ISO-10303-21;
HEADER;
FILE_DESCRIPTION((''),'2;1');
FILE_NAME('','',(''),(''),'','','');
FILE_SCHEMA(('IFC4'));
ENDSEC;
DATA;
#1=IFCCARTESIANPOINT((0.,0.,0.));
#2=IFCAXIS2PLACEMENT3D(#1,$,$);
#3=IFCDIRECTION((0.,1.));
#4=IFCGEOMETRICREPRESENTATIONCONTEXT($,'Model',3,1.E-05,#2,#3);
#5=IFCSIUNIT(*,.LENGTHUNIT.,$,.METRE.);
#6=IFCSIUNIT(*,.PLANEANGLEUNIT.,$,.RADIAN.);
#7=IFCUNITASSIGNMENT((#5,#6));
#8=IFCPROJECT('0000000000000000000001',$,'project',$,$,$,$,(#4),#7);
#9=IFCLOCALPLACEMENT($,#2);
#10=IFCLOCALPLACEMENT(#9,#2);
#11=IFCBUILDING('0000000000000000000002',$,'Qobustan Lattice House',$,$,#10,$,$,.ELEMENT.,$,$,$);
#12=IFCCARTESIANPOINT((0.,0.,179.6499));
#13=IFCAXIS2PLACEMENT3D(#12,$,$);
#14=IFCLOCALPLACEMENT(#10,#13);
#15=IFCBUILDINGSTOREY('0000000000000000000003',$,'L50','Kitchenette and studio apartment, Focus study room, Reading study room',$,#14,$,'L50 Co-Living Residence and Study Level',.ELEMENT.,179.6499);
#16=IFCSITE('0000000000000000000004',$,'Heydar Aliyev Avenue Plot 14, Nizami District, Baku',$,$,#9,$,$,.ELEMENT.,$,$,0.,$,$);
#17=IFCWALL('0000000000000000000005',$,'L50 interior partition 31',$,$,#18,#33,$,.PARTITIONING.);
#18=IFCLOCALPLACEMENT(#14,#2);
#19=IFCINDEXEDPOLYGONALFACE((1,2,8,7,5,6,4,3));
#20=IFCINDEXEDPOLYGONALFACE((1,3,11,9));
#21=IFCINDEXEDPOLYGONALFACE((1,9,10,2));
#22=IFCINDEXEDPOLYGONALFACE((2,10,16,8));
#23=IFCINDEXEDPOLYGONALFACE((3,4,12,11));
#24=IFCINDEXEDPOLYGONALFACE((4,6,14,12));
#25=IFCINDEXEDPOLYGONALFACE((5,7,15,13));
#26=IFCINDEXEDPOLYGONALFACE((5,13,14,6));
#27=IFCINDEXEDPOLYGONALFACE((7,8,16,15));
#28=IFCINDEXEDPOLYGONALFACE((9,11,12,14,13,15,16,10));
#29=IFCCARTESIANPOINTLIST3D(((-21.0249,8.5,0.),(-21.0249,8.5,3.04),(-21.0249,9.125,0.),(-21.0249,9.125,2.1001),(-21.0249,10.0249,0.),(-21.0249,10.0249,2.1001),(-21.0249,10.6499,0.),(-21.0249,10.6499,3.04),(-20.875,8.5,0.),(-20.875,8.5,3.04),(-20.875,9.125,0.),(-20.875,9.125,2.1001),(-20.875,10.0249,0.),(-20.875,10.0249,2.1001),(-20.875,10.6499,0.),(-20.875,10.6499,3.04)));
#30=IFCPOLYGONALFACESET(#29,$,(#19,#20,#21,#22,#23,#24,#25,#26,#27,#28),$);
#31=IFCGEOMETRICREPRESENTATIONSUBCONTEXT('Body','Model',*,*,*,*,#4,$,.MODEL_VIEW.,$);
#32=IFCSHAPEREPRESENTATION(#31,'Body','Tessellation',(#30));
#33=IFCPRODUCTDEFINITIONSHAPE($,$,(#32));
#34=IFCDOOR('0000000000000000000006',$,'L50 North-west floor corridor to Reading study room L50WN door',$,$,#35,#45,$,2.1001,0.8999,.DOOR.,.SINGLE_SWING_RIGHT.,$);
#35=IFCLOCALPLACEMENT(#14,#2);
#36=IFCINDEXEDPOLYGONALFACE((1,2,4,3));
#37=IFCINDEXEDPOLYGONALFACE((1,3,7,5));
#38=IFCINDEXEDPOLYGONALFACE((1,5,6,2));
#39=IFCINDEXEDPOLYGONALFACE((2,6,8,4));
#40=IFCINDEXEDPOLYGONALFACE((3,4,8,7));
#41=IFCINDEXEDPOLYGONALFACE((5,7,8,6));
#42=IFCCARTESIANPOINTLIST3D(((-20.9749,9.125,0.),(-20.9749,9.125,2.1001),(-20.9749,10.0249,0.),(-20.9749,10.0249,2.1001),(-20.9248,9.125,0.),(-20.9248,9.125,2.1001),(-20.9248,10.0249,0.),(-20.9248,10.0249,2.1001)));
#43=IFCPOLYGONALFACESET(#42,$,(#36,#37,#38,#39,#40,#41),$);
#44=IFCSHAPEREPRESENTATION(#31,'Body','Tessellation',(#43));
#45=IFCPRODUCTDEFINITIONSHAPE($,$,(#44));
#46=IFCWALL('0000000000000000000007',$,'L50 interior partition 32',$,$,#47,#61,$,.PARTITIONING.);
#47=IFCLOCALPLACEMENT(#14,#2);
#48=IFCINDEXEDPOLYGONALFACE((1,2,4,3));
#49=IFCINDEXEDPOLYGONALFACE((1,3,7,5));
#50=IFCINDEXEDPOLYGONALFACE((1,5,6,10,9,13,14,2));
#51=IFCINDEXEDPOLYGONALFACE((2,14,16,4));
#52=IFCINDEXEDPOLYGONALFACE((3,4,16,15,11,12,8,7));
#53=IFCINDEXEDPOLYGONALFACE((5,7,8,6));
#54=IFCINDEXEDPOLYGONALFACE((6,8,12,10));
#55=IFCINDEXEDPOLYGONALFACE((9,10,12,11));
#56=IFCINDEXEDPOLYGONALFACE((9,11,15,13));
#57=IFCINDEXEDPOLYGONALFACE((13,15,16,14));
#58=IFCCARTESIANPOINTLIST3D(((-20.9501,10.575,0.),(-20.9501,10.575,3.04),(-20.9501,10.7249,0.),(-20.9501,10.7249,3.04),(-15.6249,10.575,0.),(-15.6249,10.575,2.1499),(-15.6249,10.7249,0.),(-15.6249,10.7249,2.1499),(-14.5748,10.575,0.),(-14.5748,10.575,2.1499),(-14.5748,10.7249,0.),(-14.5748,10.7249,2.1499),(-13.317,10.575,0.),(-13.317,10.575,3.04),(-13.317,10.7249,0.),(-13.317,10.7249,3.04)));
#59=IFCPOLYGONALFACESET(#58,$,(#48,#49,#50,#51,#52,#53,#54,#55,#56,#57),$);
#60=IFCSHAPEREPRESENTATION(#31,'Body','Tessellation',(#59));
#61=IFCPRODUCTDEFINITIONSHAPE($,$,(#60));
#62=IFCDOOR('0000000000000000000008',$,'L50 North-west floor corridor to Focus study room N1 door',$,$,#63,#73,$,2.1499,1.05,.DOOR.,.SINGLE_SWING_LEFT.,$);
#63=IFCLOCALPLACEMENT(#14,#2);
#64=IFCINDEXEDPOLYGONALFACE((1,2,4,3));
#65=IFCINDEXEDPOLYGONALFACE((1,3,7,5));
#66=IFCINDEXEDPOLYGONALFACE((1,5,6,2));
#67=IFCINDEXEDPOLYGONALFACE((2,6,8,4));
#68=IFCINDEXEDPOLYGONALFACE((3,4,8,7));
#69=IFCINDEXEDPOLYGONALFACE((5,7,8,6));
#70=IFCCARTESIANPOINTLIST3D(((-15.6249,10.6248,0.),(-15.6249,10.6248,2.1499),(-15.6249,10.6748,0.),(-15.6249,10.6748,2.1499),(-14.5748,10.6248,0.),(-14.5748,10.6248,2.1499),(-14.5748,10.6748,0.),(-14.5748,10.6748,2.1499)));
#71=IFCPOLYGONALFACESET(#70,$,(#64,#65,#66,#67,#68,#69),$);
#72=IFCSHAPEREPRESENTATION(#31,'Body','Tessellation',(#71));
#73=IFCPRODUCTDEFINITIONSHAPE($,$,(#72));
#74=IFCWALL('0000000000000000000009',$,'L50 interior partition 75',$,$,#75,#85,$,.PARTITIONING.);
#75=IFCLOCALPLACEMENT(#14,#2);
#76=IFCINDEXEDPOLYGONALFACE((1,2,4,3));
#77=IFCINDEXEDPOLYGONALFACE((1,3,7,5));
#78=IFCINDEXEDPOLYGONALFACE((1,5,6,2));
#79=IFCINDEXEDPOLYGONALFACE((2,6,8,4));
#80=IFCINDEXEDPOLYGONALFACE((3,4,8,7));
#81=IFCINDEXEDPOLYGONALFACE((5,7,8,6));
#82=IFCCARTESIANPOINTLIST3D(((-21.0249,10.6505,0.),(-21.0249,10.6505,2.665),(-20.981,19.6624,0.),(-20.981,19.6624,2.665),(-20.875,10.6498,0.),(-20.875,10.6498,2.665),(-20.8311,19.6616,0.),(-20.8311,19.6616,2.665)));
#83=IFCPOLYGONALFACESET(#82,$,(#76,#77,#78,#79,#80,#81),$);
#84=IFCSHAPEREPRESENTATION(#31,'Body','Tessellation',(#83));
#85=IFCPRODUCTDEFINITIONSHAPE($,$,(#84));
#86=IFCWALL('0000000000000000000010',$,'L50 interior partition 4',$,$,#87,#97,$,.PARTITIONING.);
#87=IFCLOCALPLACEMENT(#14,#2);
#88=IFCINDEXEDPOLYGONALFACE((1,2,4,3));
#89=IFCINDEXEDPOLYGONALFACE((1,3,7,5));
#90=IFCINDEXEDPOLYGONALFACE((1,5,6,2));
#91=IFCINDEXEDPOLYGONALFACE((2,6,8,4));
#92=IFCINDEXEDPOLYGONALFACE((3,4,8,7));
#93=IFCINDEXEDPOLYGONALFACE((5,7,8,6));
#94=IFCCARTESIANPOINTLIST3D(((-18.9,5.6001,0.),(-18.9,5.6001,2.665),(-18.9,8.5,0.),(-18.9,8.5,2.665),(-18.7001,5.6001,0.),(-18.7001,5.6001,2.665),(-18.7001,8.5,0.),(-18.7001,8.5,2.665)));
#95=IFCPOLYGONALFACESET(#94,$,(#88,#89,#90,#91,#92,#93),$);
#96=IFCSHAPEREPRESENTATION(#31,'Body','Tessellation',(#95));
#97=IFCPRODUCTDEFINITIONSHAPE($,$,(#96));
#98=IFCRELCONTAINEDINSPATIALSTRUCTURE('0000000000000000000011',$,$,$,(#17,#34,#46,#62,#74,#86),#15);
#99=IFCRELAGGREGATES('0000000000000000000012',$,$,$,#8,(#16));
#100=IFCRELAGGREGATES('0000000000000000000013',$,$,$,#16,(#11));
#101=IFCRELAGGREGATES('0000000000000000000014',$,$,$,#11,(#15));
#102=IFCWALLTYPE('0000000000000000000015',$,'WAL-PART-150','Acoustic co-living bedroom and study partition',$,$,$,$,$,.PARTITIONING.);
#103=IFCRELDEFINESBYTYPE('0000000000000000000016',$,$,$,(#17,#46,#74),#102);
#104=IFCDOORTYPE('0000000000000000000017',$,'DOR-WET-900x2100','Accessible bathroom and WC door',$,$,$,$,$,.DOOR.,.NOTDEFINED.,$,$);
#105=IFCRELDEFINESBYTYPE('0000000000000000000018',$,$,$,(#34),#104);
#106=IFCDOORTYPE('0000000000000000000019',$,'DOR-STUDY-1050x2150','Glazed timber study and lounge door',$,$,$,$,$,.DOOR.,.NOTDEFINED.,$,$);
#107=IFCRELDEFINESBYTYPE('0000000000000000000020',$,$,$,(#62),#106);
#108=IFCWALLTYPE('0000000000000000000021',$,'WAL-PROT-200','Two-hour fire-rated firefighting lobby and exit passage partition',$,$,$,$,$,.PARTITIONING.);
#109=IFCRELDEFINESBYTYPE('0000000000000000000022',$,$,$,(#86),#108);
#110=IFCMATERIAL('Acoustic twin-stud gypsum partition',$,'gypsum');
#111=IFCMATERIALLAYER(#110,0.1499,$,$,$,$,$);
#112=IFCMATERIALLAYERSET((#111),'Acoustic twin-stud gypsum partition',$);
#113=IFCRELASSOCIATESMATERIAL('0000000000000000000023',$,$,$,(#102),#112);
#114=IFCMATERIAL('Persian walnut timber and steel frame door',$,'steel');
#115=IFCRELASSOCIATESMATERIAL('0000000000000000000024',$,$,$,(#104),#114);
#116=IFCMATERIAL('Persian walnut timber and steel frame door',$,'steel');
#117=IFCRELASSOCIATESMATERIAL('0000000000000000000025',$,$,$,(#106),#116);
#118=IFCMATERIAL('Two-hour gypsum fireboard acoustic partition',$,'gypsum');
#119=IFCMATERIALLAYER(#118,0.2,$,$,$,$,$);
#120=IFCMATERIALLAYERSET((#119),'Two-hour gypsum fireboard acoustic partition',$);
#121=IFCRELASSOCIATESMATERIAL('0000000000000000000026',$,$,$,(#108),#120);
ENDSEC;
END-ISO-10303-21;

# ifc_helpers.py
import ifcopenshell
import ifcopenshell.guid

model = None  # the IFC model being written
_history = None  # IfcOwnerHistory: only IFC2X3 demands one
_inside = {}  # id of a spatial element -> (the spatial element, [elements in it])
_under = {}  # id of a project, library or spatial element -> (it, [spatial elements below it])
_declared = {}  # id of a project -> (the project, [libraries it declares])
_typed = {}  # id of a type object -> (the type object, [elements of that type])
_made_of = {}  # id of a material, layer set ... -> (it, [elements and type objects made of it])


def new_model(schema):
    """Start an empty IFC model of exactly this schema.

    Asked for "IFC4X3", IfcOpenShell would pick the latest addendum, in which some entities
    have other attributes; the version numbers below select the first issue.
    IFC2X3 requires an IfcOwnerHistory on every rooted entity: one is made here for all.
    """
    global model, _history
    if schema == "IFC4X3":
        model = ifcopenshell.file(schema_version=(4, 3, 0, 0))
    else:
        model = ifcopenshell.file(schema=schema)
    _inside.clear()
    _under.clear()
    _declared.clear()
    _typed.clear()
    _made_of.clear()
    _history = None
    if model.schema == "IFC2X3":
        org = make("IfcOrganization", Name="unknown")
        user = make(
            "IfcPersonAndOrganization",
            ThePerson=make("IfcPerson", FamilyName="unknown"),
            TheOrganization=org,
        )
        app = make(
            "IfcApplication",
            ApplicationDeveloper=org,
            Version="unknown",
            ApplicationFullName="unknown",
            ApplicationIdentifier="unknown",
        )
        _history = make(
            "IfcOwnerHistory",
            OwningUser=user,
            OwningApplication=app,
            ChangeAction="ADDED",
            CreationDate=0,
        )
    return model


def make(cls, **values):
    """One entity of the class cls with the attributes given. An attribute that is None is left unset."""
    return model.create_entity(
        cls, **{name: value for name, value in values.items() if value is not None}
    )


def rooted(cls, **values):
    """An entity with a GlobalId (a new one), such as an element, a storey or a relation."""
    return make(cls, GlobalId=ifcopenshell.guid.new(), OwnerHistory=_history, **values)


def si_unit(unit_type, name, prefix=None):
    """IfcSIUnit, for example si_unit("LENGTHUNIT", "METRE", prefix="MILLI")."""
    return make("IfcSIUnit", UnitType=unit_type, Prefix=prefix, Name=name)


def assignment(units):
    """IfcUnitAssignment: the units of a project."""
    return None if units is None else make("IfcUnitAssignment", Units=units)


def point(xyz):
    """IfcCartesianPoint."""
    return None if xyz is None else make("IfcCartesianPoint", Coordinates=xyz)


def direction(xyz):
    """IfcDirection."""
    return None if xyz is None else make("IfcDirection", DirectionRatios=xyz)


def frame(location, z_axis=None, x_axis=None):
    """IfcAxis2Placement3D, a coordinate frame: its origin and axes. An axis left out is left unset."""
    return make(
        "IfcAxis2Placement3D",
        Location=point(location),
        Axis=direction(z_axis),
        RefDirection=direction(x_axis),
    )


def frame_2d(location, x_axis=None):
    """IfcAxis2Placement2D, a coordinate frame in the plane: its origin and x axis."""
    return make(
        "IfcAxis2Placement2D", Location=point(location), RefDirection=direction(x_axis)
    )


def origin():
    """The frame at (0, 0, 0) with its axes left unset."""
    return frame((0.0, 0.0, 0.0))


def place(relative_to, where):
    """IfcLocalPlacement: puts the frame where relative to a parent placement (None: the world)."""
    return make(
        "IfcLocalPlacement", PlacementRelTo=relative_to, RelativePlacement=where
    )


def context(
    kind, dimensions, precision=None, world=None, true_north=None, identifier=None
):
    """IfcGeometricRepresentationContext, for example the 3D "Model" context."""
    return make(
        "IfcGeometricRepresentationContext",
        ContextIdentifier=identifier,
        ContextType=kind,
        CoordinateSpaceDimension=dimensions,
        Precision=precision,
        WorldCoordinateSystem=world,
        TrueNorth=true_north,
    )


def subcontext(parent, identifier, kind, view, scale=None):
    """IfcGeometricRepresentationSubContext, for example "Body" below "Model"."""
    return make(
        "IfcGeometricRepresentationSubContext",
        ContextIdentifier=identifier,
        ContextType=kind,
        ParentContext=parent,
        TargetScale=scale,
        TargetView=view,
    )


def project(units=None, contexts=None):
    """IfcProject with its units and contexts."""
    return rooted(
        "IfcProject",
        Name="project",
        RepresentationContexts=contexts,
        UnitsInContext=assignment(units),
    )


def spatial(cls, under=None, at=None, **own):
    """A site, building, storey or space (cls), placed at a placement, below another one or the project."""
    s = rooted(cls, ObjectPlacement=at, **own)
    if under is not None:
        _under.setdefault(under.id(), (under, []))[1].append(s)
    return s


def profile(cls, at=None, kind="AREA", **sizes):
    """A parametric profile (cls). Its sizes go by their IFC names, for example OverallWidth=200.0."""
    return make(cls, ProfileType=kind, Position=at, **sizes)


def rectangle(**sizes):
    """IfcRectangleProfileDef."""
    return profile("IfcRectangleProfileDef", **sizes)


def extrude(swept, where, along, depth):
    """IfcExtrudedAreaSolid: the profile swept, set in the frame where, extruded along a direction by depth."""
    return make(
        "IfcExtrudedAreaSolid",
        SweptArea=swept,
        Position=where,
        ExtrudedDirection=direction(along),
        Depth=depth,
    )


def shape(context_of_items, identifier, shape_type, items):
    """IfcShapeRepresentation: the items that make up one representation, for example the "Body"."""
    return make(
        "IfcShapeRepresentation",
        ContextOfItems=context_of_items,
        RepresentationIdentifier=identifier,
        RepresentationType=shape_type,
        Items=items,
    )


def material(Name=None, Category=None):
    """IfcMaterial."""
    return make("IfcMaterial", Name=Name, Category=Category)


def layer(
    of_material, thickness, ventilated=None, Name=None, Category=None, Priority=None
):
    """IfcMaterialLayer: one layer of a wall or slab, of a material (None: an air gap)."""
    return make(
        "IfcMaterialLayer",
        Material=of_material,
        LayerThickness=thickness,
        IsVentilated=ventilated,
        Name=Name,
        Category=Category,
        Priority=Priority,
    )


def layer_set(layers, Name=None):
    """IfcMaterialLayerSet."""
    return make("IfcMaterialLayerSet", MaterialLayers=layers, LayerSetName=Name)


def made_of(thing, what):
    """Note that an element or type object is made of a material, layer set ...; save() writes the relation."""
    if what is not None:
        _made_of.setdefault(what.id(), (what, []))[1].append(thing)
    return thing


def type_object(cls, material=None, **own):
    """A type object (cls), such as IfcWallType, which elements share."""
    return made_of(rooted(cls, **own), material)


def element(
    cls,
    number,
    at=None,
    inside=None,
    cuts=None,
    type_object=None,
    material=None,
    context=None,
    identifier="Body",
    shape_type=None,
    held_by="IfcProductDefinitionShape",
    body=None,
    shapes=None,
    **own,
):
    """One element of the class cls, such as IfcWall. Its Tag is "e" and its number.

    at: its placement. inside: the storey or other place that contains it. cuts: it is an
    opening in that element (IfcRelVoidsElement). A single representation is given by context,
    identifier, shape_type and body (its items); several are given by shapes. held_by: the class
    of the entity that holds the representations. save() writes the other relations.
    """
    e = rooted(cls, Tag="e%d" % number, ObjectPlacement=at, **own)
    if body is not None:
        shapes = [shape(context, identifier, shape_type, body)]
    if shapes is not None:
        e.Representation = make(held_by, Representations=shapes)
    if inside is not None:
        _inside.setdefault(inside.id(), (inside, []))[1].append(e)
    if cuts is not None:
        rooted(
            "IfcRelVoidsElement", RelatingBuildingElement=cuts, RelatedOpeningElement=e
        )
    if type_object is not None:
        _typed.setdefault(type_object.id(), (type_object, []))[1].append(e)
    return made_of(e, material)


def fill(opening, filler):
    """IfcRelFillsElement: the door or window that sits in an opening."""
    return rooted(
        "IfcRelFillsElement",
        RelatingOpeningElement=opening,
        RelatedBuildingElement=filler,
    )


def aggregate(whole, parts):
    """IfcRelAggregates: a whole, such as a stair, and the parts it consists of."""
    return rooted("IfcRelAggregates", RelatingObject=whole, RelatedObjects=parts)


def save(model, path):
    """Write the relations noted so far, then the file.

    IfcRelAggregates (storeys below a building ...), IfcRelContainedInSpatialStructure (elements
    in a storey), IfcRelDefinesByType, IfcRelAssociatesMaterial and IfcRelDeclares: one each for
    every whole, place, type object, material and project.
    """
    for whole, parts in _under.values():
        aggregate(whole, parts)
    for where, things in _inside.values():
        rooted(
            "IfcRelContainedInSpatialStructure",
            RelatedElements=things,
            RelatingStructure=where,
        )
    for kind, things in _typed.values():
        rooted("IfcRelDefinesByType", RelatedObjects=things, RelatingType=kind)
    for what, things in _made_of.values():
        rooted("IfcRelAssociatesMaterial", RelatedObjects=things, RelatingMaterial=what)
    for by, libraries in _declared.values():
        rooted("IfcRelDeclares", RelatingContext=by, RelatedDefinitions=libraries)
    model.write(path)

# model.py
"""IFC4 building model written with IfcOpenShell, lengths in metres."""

from ifc_helpers import new_model, si_unit, direction, frame, frame_2d, origin, place, context, subcontext, project, spatial, rectangle, extrude, material, layer, layer_set, type_object, element, fill, save


model = new_model("IFC4")

# Units and contexts
model_context = context("Model", 3, precision=1e-05, world=origin(), true_north=direction((0.0, 1.0)))
body_context = subcontext(model_context, "Body", "Model", "MODEL_VIEW")
ifc_project = project(units=[si_unit("LENGTHUNIT", "METRE"), si_unit("PLANEANGLEUNIT", "RADIAN")], contexts=[model_context])

# Site, building, storey
site_placement = place(None, origin())
site = spatial("IfcSite", under=ifc_project, at=site_placement, Name="Heydar Aliyev Avenue Plot 14, Nizami District, Baku", CompositionType="ELEMENT", RefElevation=0.0)
building_placement = place(site_placement, origin())
building = spatial("IfcBuilding", under=site, at=building_placement, Name="Qobustan Lattice House", CompositionType="ELEMENT")
storey_placement = place(building_placement, frame((0.0, 0.0, 179.6499)))
storey = spatial("IfcBuildingStorey", under=building, at=storey_placement, Name="L50", Description="Kitchenette and studio apartment, Focus study room, Reading study room", LongName="L50 Co-Living Residence and Study Level", CompositionType="ELEMENT", Elevation=179.6499)

# Walls, openings, doors
ifc_material_1 = material(Name="Acoustic twin-stud gypsum partition", Category="gypsum")
ifc_layer_1 = layer(ifc_material_1, 0.1499)
ifc_layer_set_1 = layer_set([ifc_layer_1], Name="Acoustic twin-stud gypsum partition")
wall_type_1 = type_object("IfcWallType", Name="WAL-PART-150", Description="Acoustic co-living bedroom and study partition", PredefinedType="PARTITIONING", material=ifc_layer_set_1)
wall_1_placement = place(storey_placement, frame((-20.95, 8.5, 0.0), z_axis=(0.0, 0.0, 1.0), x_axis=(0.0, 1.0, 0.0)))
wall_1 = element("IfcWall", 1, at=wall_1_placement, inside=storey, type_object=wall_type_1, Name="L50 interior partition 31", PredefinedType="PARTITIONING", context=body_context, shape_type="SweptSolid", body=[
    extrude(rectangle(XDim=2.1499, YDim=0.1499, at=frame_2d((1.075, 0.0))), origin(), (0.0, 0.0, 1.0), 3.04),
])
opening_1_placement = place(wall_1_placement, frame((0.625, 0.0, 0.0)))
opening_1 = element("IfcOpeningElement", 2, at=opening_1_placement, cuts=wall_1, PredefinedType="OPENING", context=body_context, shape_type="SweptSolid", body=[
    extrude(rectangle(XDim=0.8999, YDim=2.1001, at=frame_2d((0.45, 1.05))), frame((0.0, 0.085, 0.0), z_axis=(0.0, -1.0, 0.0), x_axis=(1.0, 0.0, 0.0)), (0.0, 0.0, 1.0), 0.1699),
])
ifc_material_2 = material(Name="Persian walnut timber and steel frame door", Category="steel")
door_type_1 = type_object("IfcDoorType", Name="DOR-WET-900x2100", Description="Accessible bathroom and WC door", OperationType="NOTDEFINED", PredefinedType="DOOR", material=ifc_material_2)
door_1_placement = place(opening_1_placement, origin())
door_1 = element("IfcDoor", 3, at=door_1_placement, inside=storey, type_object=door_type_1, Name="L50 North-west floor corridor to Reading study room L50WN door", OperationType="SINGLE_SWING_RIGHT", OverallHeight=2.1001, OverallWidth=0.8999, PredefinedType="DOOR", context=body_context, shape_type="SweptSolid", body=[
    extrude(rectangle(XDim=0.8999, YDim=2.1001, at=frame_2d((0.45, 1.05))), frame((0.0, 0.0249, 0.0), z_axis=(0.0, -1.0, 0.0), x_axis=(1.0, 0.0, 0.0)), (0.0, 0.0, 1.0), 0.05),
])
fill(opening_1, door_1)
wall_2_placement = place(storey_placement, frame((-20.95, 10.6499, 0.0), z_axis=(0.0, 0.0, 1.0), x_axis=(1.0, 0.0, 0.0)))
wall_2 = element("IfcWall", 4, at=wall_2_placement, inside=storey, type_object=wall_type_1, Name="L50 interior partition 32", PredefinedType="PARTITIONING", context=body_context, shape_type="SweptSolid", body=[
    extrude(rectangle(XDim=7.6331, YDim=0.1499, at=frame_2d((3.8164, 0.0))), origin(), (0.0, 0.0, 1.0), 3.04),
])
opening_2_placement = place(wall_2_placement, frame((5.3252, 0.0, 0.0)))
opening_2 = element("IfcOpeningElement", 5, at=opening_2_placement, cuts=wall_2, PredefinedType="OPENING", context=body_context, shape_type="SweptSolid", body=[
    extrude(rectangle(XDim=1.05, YDim=2.1499, at=frame_2d((0.5249, 1.075))), frame((0.0, 0.085, 0.0), z_axis=(0.0, -1.0, 0.0), x_axis=(1.0, 0.0, 0.0)), (0.0, 0.0, 1.0), 0.1699),
])
ifc_material_3 = material(Name="Persian walnut timber and steel frame door", Category="steel")
door_type_2 = type_object("IfcDoorType", Name="DOR-STUDY-1050x2150", Description="Glazed timber study and lounge door", OperationType="NOTDEFINED", PredefinedType="DOOR", material=ifc_material_3)
door_2_placement = place(opening_2_placement, origin())
door_2 = element("IfcDoor", 6, at=door_2_placement, inside=storey, type_object=door_type_2, Name="L50 North-west floor corridor to Focus study room N1 door", OperationType="SINGLE_SWING_LEFT", OverallHeight=2.1499, OverallWidth=1.05, PredefinedType="DOOR", context=body_context, shape_type="SweptSolid", body=[
    extrude(rectangle(XDim=1.05, YDim=2.1499, at=frame_2d((0.5249, 1.075))), frame((0.0, 0.0249, 0.0), z_axis=(0.0, -1.0, 0.0), x_axis=(1.0, 0.0, 0.0)), (0.0, 0.0, 1.0), 0.05),
])
fill(opening_2, door_2)

# Walls
wall_3_placement = place(storey_placement, frame((-20.906, 19.6619, 0.0), z_axis=(0.0, 0.0, 1.0), x_axis=(-0.004876, -0.999988, 0.0)))
element("IfcWall", 7, at=wall_3_placement, inside=storey, type_object=wall_type_1, Name="L50 interior partition 75", PredefinedType="PARTITIONING", context=body_context, shape_type="SweptSolid", body=[
    extrude(rectangle(XDim=9.012, YDim=0.1499, at=frame_2d((4.5059, 0.0))), origin(), (0.0, 0.0, 1.0), 2.665),
])
ifc_material_4 = material(Name="Two-hour gypsum fireboard acoustic partition", Category="gypsum")
ifc_layer_2 = layer(ifc_material_4, 0.2)
ifc_layer_set_2 = layer_set([ifc_layer_2], Name="Two-hour gypsum fireboard acoustic partition")
wall_type_2 = type_object("IfcWallType", Name="WAL-PROT-200", Description="Two-hour fire-rated firefighting lobby and exit passage partition", PredefinedType="PARTITIONING", material=ifc_layer_set_2)
wall_4_placement = place(storey_placement, frame((-18.8, 8.5, 0.0), z_axis=(0.0, 0.0, 1.0), x_axis=(0.0, -1.0, 0.0)))
element("IfcWall", 8, at=wall_4_placement, inside=storey, type_object=wall_type_2, Name="L50 interior partition 4", PredefinedType="PARTITIONING", context=body_context, shape_type="SweptSolid", body=[
    extrude(rectangle(XDim=2.8999, YDim=0.2, at=frame_2d((1.45, 0.0))), origin(), (0.0, 0.0, 1.0), 2.665),
])

save(model, "model.ifc")
